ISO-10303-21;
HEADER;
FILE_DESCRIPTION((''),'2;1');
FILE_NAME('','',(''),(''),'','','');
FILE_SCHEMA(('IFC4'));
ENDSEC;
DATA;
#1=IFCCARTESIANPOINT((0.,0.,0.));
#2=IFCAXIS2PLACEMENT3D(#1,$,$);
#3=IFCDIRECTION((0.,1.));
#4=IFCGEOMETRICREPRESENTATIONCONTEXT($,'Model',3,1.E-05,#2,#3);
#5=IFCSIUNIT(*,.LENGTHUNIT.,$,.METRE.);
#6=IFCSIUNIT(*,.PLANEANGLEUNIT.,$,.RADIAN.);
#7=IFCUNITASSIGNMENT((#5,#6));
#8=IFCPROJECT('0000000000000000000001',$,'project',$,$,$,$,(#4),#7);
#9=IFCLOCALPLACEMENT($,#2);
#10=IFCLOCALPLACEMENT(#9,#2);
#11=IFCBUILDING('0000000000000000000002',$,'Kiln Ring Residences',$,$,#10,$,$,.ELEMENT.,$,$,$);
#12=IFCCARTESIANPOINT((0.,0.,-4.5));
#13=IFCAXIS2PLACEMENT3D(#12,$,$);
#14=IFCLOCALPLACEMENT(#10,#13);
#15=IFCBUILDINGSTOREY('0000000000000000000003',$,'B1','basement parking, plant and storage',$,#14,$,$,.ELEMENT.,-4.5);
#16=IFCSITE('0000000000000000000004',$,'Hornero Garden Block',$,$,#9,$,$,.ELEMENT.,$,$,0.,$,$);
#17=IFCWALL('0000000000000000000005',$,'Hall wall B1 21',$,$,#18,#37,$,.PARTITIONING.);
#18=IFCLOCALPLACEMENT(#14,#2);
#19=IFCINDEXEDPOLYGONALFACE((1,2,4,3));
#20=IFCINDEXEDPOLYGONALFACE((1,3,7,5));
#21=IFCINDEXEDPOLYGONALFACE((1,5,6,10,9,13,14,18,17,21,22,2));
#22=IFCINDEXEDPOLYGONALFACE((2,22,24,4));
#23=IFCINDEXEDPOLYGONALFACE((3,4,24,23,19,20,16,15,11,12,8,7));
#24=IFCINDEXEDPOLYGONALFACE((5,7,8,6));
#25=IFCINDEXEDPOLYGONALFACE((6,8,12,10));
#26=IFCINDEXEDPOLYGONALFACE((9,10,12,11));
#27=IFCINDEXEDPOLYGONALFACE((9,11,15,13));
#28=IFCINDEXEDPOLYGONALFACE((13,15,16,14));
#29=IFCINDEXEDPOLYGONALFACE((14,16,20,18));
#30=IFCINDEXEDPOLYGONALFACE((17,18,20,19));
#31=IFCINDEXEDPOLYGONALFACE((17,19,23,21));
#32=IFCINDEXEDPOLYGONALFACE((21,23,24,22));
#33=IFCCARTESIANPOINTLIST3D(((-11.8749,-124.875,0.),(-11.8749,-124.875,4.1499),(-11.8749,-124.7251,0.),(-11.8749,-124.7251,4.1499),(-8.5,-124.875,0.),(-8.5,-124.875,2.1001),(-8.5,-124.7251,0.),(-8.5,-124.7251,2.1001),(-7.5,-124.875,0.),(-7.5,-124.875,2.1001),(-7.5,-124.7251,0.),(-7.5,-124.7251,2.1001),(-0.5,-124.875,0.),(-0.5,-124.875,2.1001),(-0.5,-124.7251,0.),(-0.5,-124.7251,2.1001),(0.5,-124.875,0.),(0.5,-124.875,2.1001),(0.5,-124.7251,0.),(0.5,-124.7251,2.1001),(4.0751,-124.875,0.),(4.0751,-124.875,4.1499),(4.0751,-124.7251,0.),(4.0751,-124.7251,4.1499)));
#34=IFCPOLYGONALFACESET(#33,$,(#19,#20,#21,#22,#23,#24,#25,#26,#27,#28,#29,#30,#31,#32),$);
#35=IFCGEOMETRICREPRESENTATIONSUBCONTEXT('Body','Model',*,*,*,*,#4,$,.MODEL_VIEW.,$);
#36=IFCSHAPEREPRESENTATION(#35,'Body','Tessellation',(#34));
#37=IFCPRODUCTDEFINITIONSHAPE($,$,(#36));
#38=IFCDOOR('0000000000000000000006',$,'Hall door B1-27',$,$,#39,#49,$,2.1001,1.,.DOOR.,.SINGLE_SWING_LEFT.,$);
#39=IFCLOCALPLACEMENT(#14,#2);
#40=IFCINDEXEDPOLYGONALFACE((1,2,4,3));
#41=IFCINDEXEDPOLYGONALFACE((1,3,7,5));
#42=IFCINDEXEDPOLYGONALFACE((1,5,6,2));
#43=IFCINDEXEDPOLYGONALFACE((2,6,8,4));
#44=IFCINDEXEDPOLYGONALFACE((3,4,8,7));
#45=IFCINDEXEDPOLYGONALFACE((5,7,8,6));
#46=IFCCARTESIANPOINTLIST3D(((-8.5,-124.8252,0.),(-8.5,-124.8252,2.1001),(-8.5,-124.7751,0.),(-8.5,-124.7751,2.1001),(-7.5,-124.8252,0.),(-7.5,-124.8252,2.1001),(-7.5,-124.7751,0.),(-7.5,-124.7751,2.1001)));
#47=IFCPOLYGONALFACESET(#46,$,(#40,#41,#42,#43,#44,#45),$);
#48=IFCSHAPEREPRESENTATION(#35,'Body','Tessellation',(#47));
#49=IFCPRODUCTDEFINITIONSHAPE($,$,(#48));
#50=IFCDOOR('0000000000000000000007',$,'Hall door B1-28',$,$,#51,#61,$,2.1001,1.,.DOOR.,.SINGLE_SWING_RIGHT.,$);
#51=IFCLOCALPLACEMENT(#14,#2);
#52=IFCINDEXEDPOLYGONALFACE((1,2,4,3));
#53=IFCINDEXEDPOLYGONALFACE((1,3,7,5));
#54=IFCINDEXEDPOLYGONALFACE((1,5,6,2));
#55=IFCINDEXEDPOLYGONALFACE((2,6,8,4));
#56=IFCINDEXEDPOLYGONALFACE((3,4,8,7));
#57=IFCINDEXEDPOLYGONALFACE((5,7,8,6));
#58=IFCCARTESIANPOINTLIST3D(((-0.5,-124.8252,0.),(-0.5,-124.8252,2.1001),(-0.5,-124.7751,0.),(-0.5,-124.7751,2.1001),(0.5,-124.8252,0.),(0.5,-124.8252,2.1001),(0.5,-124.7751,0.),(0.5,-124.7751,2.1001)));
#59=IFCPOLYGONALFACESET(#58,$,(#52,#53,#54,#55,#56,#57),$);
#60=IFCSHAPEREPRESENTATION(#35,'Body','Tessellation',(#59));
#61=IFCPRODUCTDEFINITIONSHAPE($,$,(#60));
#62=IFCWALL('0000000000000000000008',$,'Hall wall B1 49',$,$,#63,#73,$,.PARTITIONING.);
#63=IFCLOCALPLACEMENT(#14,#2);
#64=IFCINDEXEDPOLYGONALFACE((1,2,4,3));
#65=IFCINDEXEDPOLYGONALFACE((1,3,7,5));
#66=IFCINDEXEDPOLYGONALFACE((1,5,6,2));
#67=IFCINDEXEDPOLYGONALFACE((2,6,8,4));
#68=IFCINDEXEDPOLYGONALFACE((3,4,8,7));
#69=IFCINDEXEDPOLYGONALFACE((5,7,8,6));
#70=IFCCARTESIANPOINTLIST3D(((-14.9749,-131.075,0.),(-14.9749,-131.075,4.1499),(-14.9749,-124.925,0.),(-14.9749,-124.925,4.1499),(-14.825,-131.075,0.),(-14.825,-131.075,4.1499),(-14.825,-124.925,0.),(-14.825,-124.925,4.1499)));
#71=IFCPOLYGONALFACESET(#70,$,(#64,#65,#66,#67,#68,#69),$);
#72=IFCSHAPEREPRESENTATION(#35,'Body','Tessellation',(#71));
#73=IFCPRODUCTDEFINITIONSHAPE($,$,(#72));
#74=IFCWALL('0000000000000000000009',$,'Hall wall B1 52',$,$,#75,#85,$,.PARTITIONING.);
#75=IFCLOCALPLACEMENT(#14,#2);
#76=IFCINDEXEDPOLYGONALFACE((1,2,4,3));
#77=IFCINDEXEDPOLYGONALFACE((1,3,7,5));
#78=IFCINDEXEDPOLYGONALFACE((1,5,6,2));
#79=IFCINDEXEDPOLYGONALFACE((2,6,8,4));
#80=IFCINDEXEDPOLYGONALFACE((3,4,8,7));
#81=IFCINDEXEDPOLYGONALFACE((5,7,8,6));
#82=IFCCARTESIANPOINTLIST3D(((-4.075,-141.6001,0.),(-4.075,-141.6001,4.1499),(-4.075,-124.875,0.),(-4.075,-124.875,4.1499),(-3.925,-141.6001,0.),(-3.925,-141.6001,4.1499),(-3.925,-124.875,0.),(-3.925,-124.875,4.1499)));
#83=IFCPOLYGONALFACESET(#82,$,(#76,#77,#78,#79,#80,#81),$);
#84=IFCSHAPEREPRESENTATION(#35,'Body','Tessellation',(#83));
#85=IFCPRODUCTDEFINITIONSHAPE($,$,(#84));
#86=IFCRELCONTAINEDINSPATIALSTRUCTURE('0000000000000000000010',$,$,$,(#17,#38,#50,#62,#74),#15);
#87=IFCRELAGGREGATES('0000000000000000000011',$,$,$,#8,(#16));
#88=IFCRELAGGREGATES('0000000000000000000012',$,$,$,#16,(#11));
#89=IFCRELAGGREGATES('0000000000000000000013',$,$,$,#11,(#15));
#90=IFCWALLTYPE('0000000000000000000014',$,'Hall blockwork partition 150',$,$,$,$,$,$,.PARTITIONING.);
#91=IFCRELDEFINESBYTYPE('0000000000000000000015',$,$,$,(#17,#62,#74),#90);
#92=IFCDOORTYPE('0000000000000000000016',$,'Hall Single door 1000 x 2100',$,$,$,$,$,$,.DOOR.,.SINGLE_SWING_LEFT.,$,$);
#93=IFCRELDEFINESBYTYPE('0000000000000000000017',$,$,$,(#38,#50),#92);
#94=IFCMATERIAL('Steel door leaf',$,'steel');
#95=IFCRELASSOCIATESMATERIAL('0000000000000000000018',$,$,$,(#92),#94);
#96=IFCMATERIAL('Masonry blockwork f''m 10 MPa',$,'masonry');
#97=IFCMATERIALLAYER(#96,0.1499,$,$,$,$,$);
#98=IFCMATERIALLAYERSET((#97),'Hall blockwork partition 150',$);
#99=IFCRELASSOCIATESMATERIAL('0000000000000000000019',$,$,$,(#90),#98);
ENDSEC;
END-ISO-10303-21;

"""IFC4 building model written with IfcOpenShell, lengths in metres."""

from ifc_helpers import new_model, si_unit, direction, frame, frame_2d, origin, place, context, subcontext, project, spatial, rectangle, extrude, material, layer, layer_set, type_object, element, fill, save


model = new_model("IFC4")

# Units and contexts
model_context = context("Model", 3, precision=1e-05, world=origin(), true_north=direction((0.0, 1.0)))
body_context = subcontext(model_context, "Body", "Model", "MODEL_VIEW")
ifc_project = project(units=[si_unit("LENGTHUNIT", "METRE"), si_unit("PLANEANGLEUNIT", "RADIAN")], contexts=[model_context])

# Site, building, storey
site_placement = place(None, origin())
site = spatial("IfcSite", under=ifc_project, at=site_placement, Name="Hornero Garden Block", CompositionType="ELEMENT", RefElevation=0.0)
building_placement = place(site_placement, origin())
building = spatial("IfcBuilding", under=site, at=building_placement, Name="Kiln Ring Residences", CompositionType="ELEMENT")
storey_placement = place(building_placement, frame((0.0, 0.0, -4.5)))
storey = spatial("IfcBuildingStorey", under=building, at=storey_placement, Name="B1", Description="basement parking, plant and storage", CompositionType="ELEMENT", Elevation=-4.5)

# Shared definitions
ifc_material_1 = material(Name="Steel door leaf", Category="steel")
door_type = type_object("IfcDoorType", Name="Hall Single door 1000 x 2100", OperationType="SINGLE_SWING_LEFT", PredefinedType="DOOR", material=ifc_material_1)

# Wall, openings, doors
ifc_material_2 = material(Name="Masonry blockwork f'm 10 MPa", Category="masonry")
ifc_layer_1 = layer(ifc_material_2, 0.1499)
ifc_layer_set_1 = layer_set([ifc_layer_1], Name="Hall blockwork partition 150")
wall_type_1 = type_object("IfcWallType", Name="Hall blockwork partition 150", PredefinedType="PARTITIONING", material=ifc_layer_set_1)
wall_1_placement = place(storey_placement, frame((-11.875, -124.8, 0.0), z_axis=(0.0, 0.0, 1.0), x_axis=(1.0, 0.0, 0.0)))
wall_1 = element("IfcWall", 1, at=wall_1_placement, inside=storey, type_object=wall_type_1, Name="Hall wall B1 21", PredefinedType="PARTITIONING", context=body_context, shape_type="SweptSolid", body=[
    extrude(rectangle(XDim=15.95, YDim=0.1499, at=frame_2d((7.9751, 0.0))), origin(), (0.0, 0.0, 1.0), 4.1499),
])
opening_1_placement = place(wall_1_placement, frame((3.375, 0.0, 0.0)))
opening_1 = element("IfcOpeningElement", 2, at=opening_1_placement, cuts=wall_1, PredefinedType="OPENING", context=body_context, shape_type="SweptSolid", body=[
    extrude(rectangle(XDim=1.0, YDim=2.1001, at=frame_2d((0.5, 1.05))), frame((0.0, 0.085, 0.0), z_axis=(0.0, -1.0, 0.0), x_axis=(1.0, 0.0, 0.0)), (0.0, 0.0, 1.0), 0.1699),
])
opening_2_placement = place(wall_1_placement, frame((11.375, 0.0, 0.0)))
opening_2 = element("IfcOpeningElement", 3, at=opening_2_placement, cuts=wall_1, PredefinedType="OPENING", context=body_context, shape_type="SweptSolid", body=[
    extrude(rectangle(XDim=1.0, YDim=2.1001, at=frame_2d((0.5, 1.05))), frame((0.0, 0.085, 0.0), z_axis=(0.0, -1.0, 0.0), x_axis=(1.0, 0.0, 0.0)), (0.0, 0.0, 1.0), 0.1699),
])
door_1_placement = place(opening_1_placement, origin())
door_1 = element("IfcDoor", 4, at=door_1_placement, inside=storey, type_object=door_type, Name="Hall door B1-27", OperationType="SINGLE_SWING_LEFT", OverallHeight=2.1001, OverallWidth=1.0, PredefinedType="DOOR", context=body_context, shape_type="SweptSolid", body=[
    extrude(rectangle(XDim=1.0, YDim=2.1001, at=frame_2d((0.5, 1.05))), frame((0.0, 0.0249, 0.0), z_axis=(0.0, -1.0, 0.0), x_axis=(1.0, 0.0, 0.0)), (0.0, 0.0, 1.0), 0.05),
])
fill(opening_1, door_1)
door_2_placement = place(opening_2_placement, origin())
door_2 = element("IfcDoor", 5, at=door_2_placement, inside=storey, type_object=door_type, Name="Hall door B1-28", OperationType="SINGLE_SWING_RIGHT", OverallHeight=2.1001, OverallWidth=1.0, PredefinedType="DOOR", context=body_context, shape_type="SweptSolid", body=[
    extrude(rectangle(XDim=1.0, YDim=2.1001, at=frame_2d((0.5, 1.05))), frame((0.0, 0.0249, 0.0), z_axis=(0.0, -1.0, 0.0), x_axis=(1.0, 0.0, 0.0)), (0.0, 0.0, 1.0), 0.05),
])
fill(opening_2, door_2)

# Walls
wall_2_placement = place(storey_placement, frame((-14.8999, -131.075, 0.0), z_axis=(0.0, 0.0, 1.0), x_axis=(0.0, 1.0, 0.0)))
element("IfcWall", 6, at=wall_2_placement, inside=storey, type_object=wall_type_1, Name="Hall wall B1 49", PredefinedType="PARTITIONING", context=body_context, shape_type="SweptSolid", body=[
    extrude(rectangle(XDim=6.1499, YDim=0.1499, at=frame_2d((3.075, 0.0))), origin(), (0.0, 0.0, 1.0), 4.1499),
])
wall_3_placement = place(storey_placement, frame((-4.0, -141.6001, 0.0), z_axis=(0.0, 0.0, 1.0), x_axis=(0.0, 1.0, 0.0)))
element("IfcWall", 7, at=wall_3_placement, inside=storey, type_object=wall_type_1, Name="Hall wall B1 52", PredefinedType="PARTITIONING", context=body_context, shape_type="SweptSolid", body=[
    extrude(rectangle(XDim=16.7251, YDim=0.1499, at=frame_2d((8.3625, 0.0))), origin(), (0.0, 0.0, 1.0), 4.1499),
])

save(model, "model.ifc")
